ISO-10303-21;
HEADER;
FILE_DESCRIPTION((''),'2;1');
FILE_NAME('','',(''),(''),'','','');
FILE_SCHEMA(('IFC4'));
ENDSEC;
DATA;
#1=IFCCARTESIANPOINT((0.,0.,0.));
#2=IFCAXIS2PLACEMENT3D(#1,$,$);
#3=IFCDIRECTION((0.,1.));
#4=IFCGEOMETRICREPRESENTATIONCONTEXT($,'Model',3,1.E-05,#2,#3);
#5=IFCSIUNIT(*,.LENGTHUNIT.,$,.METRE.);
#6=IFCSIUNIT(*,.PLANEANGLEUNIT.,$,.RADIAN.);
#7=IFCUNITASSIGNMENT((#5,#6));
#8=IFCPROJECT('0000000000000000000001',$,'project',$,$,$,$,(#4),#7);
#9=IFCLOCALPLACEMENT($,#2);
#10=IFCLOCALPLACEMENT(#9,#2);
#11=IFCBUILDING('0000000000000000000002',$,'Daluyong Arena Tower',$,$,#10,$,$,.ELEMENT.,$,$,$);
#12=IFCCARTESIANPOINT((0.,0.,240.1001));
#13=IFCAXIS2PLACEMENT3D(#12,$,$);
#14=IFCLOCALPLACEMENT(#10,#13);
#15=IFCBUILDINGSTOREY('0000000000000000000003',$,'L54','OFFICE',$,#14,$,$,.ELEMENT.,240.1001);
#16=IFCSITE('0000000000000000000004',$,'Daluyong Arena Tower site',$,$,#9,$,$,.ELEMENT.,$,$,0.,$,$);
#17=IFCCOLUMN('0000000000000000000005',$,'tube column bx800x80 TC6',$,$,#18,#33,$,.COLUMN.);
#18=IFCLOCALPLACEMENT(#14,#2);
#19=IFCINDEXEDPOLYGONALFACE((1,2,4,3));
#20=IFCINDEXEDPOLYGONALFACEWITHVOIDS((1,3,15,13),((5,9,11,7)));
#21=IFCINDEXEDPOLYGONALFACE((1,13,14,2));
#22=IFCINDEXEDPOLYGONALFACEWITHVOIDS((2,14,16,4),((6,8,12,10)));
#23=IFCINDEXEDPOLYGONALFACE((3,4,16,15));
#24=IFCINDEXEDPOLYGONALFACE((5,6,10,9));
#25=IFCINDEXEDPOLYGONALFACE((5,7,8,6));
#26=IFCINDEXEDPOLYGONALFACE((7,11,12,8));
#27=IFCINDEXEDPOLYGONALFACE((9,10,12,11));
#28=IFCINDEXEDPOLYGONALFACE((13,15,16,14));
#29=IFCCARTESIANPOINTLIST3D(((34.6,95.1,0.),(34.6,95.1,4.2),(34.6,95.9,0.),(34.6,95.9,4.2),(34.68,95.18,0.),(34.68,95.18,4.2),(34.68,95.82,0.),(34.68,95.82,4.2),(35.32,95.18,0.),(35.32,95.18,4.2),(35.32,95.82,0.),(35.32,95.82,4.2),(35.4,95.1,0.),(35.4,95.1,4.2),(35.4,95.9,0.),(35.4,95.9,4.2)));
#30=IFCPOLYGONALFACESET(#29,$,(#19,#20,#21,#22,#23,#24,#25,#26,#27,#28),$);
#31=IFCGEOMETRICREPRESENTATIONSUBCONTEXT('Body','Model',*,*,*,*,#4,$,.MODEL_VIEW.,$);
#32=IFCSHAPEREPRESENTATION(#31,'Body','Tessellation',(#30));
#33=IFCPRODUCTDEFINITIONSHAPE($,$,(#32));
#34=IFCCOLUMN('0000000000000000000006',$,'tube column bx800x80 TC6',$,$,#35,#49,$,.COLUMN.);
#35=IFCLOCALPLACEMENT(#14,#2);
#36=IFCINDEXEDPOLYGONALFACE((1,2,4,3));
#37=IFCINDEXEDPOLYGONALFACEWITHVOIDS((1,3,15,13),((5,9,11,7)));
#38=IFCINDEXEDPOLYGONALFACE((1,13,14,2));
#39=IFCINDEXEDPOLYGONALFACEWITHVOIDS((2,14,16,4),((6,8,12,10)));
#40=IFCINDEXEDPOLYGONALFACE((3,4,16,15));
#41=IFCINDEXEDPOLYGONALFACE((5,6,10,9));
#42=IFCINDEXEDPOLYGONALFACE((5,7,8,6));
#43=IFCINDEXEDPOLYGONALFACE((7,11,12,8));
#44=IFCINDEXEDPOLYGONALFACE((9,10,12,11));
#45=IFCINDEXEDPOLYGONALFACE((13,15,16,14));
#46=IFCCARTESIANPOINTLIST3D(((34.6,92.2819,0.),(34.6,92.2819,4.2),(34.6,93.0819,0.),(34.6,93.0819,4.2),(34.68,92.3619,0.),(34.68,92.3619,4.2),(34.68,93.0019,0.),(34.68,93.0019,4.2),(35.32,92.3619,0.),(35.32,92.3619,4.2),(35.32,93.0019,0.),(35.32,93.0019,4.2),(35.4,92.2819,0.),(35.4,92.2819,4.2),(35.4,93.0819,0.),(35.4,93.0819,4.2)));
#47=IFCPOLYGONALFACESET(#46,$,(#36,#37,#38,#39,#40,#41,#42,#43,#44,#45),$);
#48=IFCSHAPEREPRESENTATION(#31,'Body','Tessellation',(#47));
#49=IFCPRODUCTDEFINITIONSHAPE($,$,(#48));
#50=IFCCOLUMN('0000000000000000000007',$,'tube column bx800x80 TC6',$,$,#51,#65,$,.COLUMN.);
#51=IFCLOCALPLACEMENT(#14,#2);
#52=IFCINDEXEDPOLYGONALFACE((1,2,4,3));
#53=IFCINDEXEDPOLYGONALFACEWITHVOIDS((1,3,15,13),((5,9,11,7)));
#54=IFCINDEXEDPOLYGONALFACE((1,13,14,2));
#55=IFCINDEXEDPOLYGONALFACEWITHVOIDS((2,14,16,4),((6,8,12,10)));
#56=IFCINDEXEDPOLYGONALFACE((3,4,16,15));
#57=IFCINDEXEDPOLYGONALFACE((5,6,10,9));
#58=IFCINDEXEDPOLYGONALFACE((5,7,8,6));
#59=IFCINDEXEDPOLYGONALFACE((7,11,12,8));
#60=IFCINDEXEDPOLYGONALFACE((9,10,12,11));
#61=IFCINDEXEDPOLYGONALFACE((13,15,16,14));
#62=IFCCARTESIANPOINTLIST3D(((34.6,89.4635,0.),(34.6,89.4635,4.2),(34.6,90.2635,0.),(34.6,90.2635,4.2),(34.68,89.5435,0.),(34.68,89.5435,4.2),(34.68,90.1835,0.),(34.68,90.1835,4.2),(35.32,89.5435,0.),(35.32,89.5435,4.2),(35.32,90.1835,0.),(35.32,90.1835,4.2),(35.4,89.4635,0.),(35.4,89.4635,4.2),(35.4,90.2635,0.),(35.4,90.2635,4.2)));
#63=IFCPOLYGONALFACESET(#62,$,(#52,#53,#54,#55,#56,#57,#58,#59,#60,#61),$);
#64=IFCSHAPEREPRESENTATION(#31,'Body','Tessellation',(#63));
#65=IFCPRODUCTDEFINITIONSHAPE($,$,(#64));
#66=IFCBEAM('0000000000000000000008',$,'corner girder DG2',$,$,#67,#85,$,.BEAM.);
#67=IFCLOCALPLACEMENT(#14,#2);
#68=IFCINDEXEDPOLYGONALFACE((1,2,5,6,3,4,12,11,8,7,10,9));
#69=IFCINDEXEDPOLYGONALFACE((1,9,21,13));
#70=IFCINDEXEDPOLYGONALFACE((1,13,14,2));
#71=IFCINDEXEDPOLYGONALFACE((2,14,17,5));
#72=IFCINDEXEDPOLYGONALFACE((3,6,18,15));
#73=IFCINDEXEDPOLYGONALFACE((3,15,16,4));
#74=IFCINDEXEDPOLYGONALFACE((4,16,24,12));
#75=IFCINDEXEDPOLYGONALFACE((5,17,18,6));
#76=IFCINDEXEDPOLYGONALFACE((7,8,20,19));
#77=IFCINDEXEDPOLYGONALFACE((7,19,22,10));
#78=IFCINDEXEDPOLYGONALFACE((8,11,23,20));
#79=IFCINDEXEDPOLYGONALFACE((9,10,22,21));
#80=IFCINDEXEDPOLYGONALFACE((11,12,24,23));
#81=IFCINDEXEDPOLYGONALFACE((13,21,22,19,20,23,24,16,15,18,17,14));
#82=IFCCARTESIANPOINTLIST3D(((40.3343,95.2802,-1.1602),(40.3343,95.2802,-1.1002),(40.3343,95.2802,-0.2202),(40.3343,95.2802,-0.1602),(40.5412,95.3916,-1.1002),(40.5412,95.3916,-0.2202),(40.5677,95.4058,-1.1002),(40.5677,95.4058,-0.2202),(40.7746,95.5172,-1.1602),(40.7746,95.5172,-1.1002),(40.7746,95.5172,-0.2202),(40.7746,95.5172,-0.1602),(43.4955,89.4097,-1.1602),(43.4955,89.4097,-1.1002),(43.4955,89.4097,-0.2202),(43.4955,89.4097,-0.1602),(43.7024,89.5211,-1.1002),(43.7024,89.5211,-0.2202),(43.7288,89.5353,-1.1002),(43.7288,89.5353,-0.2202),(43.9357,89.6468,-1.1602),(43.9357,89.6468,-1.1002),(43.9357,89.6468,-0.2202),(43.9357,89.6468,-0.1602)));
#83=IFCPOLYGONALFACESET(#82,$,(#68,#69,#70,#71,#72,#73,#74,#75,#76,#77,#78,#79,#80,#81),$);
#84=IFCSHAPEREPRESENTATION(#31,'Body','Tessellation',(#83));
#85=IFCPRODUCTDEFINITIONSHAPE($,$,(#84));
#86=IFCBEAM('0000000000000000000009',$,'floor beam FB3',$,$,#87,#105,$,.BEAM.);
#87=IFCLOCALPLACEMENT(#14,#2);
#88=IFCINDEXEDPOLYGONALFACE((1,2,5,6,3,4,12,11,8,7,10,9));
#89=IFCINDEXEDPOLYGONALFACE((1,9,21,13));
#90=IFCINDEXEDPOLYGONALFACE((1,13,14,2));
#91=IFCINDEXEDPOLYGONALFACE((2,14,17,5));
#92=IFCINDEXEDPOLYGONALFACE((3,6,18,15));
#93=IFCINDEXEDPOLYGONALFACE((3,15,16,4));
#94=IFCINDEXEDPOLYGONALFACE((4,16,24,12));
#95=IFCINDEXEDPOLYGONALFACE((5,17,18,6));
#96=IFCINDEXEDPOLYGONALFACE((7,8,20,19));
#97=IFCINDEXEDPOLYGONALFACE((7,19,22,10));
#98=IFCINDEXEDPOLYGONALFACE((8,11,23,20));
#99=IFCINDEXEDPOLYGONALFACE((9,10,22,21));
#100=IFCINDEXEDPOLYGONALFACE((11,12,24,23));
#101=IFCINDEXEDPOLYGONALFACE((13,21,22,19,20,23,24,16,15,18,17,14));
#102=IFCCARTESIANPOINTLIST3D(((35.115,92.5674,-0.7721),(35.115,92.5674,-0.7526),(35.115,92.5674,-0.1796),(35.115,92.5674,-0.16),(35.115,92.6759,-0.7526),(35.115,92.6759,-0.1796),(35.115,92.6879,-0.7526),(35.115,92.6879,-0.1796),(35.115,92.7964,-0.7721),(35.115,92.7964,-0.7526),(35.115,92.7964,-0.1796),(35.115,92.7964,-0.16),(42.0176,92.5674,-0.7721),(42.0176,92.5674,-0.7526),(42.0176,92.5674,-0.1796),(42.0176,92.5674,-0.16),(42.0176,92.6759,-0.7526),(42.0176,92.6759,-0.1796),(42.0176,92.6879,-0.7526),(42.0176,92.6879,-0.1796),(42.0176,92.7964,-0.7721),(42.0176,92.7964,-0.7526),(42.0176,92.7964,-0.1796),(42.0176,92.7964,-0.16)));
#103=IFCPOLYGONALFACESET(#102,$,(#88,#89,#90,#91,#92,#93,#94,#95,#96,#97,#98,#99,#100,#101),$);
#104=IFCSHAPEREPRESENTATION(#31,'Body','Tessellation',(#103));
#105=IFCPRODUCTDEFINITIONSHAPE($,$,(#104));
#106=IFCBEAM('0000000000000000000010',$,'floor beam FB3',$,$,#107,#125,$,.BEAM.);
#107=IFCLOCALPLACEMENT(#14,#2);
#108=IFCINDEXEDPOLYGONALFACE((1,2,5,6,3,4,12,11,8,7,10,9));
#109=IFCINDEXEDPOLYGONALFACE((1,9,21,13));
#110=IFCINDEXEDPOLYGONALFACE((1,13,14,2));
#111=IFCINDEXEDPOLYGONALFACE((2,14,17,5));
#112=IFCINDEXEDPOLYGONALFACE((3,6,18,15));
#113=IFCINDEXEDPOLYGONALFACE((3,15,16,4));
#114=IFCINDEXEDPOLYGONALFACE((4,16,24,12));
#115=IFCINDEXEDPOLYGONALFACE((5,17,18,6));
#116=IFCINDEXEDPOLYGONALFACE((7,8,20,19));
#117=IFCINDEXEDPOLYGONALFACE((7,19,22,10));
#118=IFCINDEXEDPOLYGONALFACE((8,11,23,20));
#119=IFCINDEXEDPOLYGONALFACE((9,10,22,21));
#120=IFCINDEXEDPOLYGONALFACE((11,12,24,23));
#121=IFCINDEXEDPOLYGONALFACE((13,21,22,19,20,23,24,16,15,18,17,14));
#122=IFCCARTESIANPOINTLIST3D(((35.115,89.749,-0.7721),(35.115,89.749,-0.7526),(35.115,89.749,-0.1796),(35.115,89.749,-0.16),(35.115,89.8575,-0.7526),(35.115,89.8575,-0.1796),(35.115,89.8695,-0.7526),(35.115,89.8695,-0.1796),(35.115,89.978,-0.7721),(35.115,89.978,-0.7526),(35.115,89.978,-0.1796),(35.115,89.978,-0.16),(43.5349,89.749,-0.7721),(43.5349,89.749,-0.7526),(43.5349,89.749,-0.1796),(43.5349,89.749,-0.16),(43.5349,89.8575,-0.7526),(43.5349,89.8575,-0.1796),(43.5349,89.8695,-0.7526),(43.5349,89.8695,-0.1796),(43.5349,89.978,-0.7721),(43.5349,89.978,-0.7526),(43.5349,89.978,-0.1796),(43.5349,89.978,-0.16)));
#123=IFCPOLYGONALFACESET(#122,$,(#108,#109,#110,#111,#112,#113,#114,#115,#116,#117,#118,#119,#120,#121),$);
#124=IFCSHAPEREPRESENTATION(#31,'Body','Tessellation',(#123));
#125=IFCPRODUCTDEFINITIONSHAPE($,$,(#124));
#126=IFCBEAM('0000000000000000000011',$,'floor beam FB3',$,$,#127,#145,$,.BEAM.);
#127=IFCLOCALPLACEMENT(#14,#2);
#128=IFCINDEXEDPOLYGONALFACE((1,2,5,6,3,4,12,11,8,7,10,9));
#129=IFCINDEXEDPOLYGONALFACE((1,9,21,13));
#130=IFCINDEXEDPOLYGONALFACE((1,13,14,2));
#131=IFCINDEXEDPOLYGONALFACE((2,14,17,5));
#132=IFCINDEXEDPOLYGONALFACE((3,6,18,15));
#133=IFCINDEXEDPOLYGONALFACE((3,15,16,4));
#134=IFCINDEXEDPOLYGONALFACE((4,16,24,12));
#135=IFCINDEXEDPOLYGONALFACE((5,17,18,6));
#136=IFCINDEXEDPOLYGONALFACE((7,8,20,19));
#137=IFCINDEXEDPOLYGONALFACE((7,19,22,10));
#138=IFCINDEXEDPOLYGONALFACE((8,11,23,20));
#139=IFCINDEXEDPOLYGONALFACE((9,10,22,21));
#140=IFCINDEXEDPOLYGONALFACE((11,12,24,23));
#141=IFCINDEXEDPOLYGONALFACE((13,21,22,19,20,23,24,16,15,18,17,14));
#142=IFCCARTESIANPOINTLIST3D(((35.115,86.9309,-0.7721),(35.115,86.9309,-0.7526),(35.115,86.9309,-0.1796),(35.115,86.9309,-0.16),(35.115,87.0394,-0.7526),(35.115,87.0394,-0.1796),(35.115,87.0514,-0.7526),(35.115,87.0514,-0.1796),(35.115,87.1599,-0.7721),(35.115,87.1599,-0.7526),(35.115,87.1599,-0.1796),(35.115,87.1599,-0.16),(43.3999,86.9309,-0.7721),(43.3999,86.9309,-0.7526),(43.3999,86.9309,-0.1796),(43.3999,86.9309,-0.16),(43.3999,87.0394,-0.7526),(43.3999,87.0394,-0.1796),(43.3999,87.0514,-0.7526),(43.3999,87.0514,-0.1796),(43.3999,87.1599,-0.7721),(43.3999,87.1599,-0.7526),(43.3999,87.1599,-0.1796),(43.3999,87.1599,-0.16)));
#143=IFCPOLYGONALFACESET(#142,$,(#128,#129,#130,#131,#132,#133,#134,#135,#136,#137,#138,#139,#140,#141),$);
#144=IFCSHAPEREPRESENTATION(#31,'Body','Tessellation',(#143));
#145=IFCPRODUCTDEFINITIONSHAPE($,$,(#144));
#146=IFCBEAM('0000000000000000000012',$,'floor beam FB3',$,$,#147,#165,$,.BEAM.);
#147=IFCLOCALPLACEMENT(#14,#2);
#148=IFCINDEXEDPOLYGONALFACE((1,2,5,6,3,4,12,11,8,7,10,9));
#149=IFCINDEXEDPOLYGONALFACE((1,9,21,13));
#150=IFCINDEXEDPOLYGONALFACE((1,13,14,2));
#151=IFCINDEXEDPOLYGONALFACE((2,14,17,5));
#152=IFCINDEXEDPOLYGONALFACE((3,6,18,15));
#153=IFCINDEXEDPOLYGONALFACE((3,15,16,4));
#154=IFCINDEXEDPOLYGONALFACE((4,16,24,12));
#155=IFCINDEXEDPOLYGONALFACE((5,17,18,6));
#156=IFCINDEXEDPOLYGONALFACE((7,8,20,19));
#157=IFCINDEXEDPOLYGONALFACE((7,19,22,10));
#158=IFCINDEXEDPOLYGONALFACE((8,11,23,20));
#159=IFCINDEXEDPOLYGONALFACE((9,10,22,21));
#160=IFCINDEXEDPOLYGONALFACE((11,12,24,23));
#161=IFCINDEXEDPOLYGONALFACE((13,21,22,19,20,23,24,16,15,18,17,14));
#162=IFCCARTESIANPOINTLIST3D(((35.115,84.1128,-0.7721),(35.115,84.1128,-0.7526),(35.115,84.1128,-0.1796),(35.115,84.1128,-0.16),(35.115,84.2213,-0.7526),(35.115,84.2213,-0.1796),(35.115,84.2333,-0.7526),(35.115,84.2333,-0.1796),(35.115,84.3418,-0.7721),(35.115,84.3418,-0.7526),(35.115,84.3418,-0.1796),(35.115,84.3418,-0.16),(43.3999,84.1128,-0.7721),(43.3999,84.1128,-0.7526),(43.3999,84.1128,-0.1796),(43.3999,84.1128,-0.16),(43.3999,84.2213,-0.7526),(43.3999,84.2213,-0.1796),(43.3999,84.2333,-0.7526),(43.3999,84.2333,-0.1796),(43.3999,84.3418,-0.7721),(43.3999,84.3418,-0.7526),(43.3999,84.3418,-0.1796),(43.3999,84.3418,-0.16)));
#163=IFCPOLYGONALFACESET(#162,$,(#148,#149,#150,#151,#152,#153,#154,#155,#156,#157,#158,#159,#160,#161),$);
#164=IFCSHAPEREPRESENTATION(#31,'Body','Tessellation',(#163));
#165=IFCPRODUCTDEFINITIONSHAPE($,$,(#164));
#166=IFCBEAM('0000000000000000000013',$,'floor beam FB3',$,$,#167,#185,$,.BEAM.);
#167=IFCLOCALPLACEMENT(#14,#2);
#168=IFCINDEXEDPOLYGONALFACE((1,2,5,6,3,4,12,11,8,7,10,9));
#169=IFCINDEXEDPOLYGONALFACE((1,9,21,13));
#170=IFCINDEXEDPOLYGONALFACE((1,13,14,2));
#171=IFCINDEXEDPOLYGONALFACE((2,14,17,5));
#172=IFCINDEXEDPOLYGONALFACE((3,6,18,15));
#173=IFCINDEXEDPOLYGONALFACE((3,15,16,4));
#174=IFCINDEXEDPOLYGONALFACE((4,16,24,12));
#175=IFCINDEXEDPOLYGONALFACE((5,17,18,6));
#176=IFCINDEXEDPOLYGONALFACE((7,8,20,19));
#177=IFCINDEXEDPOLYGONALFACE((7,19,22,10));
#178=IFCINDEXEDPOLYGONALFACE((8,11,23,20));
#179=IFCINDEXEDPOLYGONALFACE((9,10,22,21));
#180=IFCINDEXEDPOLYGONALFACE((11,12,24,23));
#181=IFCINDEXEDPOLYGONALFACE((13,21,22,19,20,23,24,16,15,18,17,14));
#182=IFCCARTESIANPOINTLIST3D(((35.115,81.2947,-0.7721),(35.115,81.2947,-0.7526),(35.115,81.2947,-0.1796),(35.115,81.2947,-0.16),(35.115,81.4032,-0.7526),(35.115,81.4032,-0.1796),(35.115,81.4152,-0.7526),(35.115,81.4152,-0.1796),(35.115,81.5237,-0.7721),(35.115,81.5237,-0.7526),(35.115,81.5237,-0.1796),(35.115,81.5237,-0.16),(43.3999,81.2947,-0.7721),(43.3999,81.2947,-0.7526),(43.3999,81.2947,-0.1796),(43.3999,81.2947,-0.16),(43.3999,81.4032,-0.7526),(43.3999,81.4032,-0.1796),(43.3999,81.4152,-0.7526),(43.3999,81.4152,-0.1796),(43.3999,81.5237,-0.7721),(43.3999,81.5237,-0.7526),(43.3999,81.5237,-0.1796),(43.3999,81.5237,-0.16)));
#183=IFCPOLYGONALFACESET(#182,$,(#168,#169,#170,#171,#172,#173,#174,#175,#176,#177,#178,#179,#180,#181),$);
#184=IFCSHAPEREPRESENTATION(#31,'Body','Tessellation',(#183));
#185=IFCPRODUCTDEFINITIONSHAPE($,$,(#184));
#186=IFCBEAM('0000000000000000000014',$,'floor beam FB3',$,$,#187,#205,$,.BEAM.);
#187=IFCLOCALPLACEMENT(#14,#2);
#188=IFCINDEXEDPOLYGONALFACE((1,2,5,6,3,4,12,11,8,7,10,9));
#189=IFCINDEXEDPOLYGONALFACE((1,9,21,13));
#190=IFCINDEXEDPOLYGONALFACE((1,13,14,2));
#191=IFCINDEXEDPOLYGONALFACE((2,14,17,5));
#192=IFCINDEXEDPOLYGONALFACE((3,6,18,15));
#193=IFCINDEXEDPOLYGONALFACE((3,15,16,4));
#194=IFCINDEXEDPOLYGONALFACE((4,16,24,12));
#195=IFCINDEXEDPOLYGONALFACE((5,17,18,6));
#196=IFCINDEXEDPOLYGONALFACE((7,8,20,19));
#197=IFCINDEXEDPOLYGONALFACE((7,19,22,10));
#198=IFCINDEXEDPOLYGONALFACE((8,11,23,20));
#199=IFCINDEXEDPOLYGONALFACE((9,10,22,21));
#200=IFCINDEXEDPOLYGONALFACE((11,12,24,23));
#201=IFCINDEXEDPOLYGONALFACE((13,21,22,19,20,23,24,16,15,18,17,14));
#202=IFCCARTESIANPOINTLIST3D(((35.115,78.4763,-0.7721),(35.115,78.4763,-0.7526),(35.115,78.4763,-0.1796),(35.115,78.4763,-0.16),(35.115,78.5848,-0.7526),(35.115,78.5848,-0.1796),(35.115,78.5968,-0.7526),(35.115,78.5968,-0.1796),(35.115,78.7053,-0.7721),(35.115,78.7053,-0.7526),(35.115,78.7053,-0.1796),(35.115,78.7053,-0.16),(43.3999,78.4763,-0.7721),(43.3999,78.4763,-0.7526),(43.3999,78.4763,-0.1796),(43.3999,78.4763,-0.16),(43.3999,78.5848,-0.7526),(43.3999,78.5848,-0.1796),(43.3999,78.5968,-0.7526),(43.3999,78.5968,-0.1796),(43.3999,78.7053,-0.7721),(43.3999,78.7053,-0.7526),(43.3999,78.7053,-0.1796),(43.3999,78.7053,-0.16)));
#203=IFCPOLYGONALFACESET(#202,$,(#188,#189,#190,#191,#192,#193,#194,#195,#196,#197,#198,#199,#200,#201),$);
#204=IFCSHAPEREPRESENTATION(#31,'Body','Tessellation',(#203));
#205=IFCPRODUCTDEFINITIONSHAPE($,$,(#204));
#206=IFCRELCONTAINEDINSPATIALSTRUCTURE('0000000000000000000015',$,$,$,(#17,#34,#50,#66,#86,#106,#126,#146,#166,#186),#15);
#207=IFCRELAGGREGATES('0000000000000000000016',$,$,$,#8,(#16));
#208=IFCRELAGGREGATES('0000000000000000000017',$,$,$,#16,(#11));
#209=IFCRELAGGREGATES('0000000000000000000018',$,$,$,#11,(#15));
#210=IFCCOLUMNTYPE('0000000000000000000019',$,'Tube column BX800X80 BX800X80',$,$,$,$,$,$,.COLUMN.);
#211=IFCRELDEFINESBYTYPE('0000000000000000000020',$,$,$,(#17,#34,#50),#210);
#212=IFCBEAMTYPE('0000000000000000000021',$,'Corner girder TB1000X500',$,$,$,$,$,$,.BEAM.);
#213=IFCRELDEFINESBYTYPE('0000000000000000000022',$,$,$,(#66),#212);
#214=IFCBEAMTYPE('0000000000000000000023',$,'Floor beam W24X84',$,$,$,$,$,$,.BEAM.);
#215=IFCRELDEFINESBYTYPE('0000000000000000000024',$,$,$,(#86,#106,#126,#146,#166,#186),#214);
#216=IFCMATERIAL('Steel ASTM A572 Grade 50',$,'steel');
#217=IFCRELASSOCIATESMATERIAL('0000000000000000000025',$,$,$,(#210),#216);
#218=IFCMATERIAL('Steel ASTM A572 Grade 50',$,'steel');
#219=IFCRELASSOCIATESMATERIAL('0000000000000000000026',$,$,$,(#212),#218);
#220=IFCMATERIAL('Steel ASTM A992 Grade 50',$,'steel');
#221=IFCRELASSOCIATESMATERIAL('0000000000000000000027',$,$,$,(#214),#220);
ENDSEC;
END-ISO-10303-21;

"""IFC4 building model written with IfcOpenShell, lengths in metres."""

from ifc_helpers import new_model, si_unit, direction, frame, origin, origin_2d, place, context, subcontext, project, spatial, hollow_rectangle, i_section, extrude, material, material_profile, profile_set, type_object, element, save


model = new_model("IFC4")

# Units and contexts
model_context = context("Model", 3, precision=1e-05, world=origin(), true_north=direction((0.0, 1.0)))
body_context = subcontext(model_context, "Body", "Model", "MODEL_VIEW")
ifc_project = project(units=[si_unit("LENGTHUNIT", "METRE"), si_unit("PLANEANGLEUNIT", "RADIAN")], contexts=[model_context])

# Site, building, storey
site_placement = place(None, origin())
site = spatial("IfcSite", under=ifc_project, at=site_placement, Name="Daluyong Arena Tower site", CompositionType="ELEMENT", RefElevation=0.0)
building_placement = place(site_placement, origin())
building = spatial("IfcBuilding", under=site, at=building_placement, Name="Daluyong Arena Tower", CompositionType="ELEMENT")
storey_placement = place(building_placement, frame((0.0, 0.0, 240.1001)))
storey = spatial("IfcBuildingStorey", under=building, at=storey_placement, Name="L54", Description="OFFICE", CompositionType="ELEMENT", Elevation=240.1001)

# Columns
ifc_material_1 = material(Name="Steel ASTM A572 Grade 50", Category="steel")
ifc_material_profile_1 = material_profile(ifc_material_1, hollow_rectangle(XDim=0.8, YDim=0.8, WallThickness=0.08, at=origin_2d()))
ifc_profile_set_1 = profile_set([ifc_material_profile_1], Name="Steel ASTM A572 Grade 50")
column_type = type_object("IfcColumnType", Name="Tube column BX800X80 BX800X80", PredefinedType="COLUMN", material=ifc_profile_set_1)
for number, where, z_axis, x_axis, name in (
    (1, (35.0, 95.5, 0.0), (0.0, 0.0, 1.0), (0.0, 1.0, 0.0), "tube column bx800x80 TC6"),
    (2, (35.0, 92.6819, 0.0), (0.0, 0.0, 1.0), (0.0, 1.0, 0.0), "tube column bx800x80 TC6"),
    (3, (35.0, 89.8635, 0.0), (0.0, 0.0, 1.0), (0.0, 1.0, 0.0), "tube column bx800x80 TC6"),
):
    element("IfcColumn", number, at=place(storey_placement, frame(where, z_axis=z_axis, x_axis=x_axis)), inside=storey, type_object=column_type, Name=name, PredefinedType="COLUMN", context=body_context, shape_type="SweptSolid", body=[
        extrude(hollow_rectangle(XDim=0.8, YDim=0.8, WallThickness=0.08, at=origin_2d()), origin(), (0.0, 0.0, 1.0), 4.2),
    ])

# Beams
ifc_material_2 = material(Name="Steel ASTM A572 Grade 50", Category="steel")
ifc_material_profile_2 = material_profile(ifc_material_2, i_section(OverallWidth=0.5, OverallDepth=1.0, WebThickness=0.03, FlangeThickness=0.06, at=origin_2d()))
ifc_profile_set_2 = profile_set([ifc_material_profile_2], Name="Steel ASTM A572 Grade 50")
beam_type_1 = type_object("IfcBeamType", Name="Corner girder TB1000X500", PredefinedType="BEAM", material=ifc_profile_set_2)
beam_1_placement = place(storey_placement, frame((40.5544, 95.3987, -0.6602), z_axis=(0.474119, -0.880461, 0.0), x_axis=(0.880461, 0.474119, 0.0)))
element("IfcBeam", 4, at=beam_1_placement, inside=storey, type_object=beam_type_1, Name="corner girder DG2", PredefinedType="BEAM", context=body_context, shape_type="SweptSolid", body=[
    extrude(i_section(OverallWidth=0.5, OverallDepth=1.0, WebThickness=0.03, FlangeThickness=0.06, at=origin_2d()), origin(), (0.0, 0.0, 1.0), 6.6675),
])
ifc_material_3 = material(Name="Steel ASTM A992 Grade 50", Category="steel")
ifc_material_profile_3 = material_profile(ifc_material_3, i_section(OverallWidth=0.229, OverallDepth=0.6121, WebThickness=0.012, FlangeThickness=0.0195, at=origin_2d()))
ifc_profile_set_3 = profile_set([ifc_material_profile_3], Name="Steel ASTM A992 Grade 50")
beam_type_2 = type_object("IfcBeamType", Name="Floor beam W24X84", PredefinedType="BEAM", material=ifc_profile_set_3)
beam_2_placement = place(storey_placement, frame((35.115, 92.6819, -0.4661), z_axis=(1.0, 0.0, 0.0), x_axis=(0.0, 1.0, 0.0)))
element("IfcBeam", 5, at=beam_2_placement, inside=storey, type_object=beam_type_2, Name="floor beam FB3", PredefinedType="BEAM", context=body_context, shape_type="SweptSolid", body=[
    extrude(i_section(OverallWidth=0.229, OverallDepth=0.6121, WebThickness=0.012, FlangeThickness=0.0195, at=origin_2d()), origin(), (0.0, 0.0, 1.0), 6.9026),
])
beam_3_placement = place(storey_placement, frame((35.115, 89.8635, -0.4661), z_axis=(1.0, 0.0, 0.0), x_axis=(0.0, 1.0, 0.0)))
element("IfcBeam", 6, at=beam_3_placement, inside=storey, type_object=beam_type_2, Name="floor beam FB3", PredefinedType="BEAM", context=body_context, shape_type="SweptSolid", body=[
    extrude(i_section(OverallWidth=0.229, OverallDepth=0.6121, WebThickness=0.012, FlangeThickness=0.0195, at=origin_2d()), origin(), (0.0, 0.0, 1.0), 8.4199),
])
for number, where, z_axis, x_axis, name in (
    (7, (35.115, 87.0454, -0.4661), (1.0, 0.0, 0.0), (0.0, 1.0, 0.0), "floor beam FB3"),
    (8, (35.115, 84.2273, -0.4661), (1.0, 0.0, 0.0), (0.0, 1.0, 0.0), "floor beam FB3"),
    (9, (35.115, 81.4092, -0.4661), (1.0, 0.0, 0.0), (0.0, 1.0, 0.0), "floor beam FB3"),
    (10, (35.115, 78.5908, -0.4661), (1.0, 0.0, 0.0), (0.0, 1.0, 0.0), "floor beam FB3"),
):
    element("IfcBeam", number, at=place(storey_placement, frame(where, z_axis=z_axis, x_axis=x_axis)), inside=storey, type_object=beam_type_2, Name=name, PredefinedType="BEAM", context=body_context, shape_type="SweptSolid", body=[
        extrude(i_section(OverallWidth=0.229, OverallDepth=0.6121, WebThickness=0.012, FlangeThickness=0.0195, at=origin_2d()), origin(), (0.0, 0.0, 1.0), 8.2849),
    ])

save(model, "model.ifc")
